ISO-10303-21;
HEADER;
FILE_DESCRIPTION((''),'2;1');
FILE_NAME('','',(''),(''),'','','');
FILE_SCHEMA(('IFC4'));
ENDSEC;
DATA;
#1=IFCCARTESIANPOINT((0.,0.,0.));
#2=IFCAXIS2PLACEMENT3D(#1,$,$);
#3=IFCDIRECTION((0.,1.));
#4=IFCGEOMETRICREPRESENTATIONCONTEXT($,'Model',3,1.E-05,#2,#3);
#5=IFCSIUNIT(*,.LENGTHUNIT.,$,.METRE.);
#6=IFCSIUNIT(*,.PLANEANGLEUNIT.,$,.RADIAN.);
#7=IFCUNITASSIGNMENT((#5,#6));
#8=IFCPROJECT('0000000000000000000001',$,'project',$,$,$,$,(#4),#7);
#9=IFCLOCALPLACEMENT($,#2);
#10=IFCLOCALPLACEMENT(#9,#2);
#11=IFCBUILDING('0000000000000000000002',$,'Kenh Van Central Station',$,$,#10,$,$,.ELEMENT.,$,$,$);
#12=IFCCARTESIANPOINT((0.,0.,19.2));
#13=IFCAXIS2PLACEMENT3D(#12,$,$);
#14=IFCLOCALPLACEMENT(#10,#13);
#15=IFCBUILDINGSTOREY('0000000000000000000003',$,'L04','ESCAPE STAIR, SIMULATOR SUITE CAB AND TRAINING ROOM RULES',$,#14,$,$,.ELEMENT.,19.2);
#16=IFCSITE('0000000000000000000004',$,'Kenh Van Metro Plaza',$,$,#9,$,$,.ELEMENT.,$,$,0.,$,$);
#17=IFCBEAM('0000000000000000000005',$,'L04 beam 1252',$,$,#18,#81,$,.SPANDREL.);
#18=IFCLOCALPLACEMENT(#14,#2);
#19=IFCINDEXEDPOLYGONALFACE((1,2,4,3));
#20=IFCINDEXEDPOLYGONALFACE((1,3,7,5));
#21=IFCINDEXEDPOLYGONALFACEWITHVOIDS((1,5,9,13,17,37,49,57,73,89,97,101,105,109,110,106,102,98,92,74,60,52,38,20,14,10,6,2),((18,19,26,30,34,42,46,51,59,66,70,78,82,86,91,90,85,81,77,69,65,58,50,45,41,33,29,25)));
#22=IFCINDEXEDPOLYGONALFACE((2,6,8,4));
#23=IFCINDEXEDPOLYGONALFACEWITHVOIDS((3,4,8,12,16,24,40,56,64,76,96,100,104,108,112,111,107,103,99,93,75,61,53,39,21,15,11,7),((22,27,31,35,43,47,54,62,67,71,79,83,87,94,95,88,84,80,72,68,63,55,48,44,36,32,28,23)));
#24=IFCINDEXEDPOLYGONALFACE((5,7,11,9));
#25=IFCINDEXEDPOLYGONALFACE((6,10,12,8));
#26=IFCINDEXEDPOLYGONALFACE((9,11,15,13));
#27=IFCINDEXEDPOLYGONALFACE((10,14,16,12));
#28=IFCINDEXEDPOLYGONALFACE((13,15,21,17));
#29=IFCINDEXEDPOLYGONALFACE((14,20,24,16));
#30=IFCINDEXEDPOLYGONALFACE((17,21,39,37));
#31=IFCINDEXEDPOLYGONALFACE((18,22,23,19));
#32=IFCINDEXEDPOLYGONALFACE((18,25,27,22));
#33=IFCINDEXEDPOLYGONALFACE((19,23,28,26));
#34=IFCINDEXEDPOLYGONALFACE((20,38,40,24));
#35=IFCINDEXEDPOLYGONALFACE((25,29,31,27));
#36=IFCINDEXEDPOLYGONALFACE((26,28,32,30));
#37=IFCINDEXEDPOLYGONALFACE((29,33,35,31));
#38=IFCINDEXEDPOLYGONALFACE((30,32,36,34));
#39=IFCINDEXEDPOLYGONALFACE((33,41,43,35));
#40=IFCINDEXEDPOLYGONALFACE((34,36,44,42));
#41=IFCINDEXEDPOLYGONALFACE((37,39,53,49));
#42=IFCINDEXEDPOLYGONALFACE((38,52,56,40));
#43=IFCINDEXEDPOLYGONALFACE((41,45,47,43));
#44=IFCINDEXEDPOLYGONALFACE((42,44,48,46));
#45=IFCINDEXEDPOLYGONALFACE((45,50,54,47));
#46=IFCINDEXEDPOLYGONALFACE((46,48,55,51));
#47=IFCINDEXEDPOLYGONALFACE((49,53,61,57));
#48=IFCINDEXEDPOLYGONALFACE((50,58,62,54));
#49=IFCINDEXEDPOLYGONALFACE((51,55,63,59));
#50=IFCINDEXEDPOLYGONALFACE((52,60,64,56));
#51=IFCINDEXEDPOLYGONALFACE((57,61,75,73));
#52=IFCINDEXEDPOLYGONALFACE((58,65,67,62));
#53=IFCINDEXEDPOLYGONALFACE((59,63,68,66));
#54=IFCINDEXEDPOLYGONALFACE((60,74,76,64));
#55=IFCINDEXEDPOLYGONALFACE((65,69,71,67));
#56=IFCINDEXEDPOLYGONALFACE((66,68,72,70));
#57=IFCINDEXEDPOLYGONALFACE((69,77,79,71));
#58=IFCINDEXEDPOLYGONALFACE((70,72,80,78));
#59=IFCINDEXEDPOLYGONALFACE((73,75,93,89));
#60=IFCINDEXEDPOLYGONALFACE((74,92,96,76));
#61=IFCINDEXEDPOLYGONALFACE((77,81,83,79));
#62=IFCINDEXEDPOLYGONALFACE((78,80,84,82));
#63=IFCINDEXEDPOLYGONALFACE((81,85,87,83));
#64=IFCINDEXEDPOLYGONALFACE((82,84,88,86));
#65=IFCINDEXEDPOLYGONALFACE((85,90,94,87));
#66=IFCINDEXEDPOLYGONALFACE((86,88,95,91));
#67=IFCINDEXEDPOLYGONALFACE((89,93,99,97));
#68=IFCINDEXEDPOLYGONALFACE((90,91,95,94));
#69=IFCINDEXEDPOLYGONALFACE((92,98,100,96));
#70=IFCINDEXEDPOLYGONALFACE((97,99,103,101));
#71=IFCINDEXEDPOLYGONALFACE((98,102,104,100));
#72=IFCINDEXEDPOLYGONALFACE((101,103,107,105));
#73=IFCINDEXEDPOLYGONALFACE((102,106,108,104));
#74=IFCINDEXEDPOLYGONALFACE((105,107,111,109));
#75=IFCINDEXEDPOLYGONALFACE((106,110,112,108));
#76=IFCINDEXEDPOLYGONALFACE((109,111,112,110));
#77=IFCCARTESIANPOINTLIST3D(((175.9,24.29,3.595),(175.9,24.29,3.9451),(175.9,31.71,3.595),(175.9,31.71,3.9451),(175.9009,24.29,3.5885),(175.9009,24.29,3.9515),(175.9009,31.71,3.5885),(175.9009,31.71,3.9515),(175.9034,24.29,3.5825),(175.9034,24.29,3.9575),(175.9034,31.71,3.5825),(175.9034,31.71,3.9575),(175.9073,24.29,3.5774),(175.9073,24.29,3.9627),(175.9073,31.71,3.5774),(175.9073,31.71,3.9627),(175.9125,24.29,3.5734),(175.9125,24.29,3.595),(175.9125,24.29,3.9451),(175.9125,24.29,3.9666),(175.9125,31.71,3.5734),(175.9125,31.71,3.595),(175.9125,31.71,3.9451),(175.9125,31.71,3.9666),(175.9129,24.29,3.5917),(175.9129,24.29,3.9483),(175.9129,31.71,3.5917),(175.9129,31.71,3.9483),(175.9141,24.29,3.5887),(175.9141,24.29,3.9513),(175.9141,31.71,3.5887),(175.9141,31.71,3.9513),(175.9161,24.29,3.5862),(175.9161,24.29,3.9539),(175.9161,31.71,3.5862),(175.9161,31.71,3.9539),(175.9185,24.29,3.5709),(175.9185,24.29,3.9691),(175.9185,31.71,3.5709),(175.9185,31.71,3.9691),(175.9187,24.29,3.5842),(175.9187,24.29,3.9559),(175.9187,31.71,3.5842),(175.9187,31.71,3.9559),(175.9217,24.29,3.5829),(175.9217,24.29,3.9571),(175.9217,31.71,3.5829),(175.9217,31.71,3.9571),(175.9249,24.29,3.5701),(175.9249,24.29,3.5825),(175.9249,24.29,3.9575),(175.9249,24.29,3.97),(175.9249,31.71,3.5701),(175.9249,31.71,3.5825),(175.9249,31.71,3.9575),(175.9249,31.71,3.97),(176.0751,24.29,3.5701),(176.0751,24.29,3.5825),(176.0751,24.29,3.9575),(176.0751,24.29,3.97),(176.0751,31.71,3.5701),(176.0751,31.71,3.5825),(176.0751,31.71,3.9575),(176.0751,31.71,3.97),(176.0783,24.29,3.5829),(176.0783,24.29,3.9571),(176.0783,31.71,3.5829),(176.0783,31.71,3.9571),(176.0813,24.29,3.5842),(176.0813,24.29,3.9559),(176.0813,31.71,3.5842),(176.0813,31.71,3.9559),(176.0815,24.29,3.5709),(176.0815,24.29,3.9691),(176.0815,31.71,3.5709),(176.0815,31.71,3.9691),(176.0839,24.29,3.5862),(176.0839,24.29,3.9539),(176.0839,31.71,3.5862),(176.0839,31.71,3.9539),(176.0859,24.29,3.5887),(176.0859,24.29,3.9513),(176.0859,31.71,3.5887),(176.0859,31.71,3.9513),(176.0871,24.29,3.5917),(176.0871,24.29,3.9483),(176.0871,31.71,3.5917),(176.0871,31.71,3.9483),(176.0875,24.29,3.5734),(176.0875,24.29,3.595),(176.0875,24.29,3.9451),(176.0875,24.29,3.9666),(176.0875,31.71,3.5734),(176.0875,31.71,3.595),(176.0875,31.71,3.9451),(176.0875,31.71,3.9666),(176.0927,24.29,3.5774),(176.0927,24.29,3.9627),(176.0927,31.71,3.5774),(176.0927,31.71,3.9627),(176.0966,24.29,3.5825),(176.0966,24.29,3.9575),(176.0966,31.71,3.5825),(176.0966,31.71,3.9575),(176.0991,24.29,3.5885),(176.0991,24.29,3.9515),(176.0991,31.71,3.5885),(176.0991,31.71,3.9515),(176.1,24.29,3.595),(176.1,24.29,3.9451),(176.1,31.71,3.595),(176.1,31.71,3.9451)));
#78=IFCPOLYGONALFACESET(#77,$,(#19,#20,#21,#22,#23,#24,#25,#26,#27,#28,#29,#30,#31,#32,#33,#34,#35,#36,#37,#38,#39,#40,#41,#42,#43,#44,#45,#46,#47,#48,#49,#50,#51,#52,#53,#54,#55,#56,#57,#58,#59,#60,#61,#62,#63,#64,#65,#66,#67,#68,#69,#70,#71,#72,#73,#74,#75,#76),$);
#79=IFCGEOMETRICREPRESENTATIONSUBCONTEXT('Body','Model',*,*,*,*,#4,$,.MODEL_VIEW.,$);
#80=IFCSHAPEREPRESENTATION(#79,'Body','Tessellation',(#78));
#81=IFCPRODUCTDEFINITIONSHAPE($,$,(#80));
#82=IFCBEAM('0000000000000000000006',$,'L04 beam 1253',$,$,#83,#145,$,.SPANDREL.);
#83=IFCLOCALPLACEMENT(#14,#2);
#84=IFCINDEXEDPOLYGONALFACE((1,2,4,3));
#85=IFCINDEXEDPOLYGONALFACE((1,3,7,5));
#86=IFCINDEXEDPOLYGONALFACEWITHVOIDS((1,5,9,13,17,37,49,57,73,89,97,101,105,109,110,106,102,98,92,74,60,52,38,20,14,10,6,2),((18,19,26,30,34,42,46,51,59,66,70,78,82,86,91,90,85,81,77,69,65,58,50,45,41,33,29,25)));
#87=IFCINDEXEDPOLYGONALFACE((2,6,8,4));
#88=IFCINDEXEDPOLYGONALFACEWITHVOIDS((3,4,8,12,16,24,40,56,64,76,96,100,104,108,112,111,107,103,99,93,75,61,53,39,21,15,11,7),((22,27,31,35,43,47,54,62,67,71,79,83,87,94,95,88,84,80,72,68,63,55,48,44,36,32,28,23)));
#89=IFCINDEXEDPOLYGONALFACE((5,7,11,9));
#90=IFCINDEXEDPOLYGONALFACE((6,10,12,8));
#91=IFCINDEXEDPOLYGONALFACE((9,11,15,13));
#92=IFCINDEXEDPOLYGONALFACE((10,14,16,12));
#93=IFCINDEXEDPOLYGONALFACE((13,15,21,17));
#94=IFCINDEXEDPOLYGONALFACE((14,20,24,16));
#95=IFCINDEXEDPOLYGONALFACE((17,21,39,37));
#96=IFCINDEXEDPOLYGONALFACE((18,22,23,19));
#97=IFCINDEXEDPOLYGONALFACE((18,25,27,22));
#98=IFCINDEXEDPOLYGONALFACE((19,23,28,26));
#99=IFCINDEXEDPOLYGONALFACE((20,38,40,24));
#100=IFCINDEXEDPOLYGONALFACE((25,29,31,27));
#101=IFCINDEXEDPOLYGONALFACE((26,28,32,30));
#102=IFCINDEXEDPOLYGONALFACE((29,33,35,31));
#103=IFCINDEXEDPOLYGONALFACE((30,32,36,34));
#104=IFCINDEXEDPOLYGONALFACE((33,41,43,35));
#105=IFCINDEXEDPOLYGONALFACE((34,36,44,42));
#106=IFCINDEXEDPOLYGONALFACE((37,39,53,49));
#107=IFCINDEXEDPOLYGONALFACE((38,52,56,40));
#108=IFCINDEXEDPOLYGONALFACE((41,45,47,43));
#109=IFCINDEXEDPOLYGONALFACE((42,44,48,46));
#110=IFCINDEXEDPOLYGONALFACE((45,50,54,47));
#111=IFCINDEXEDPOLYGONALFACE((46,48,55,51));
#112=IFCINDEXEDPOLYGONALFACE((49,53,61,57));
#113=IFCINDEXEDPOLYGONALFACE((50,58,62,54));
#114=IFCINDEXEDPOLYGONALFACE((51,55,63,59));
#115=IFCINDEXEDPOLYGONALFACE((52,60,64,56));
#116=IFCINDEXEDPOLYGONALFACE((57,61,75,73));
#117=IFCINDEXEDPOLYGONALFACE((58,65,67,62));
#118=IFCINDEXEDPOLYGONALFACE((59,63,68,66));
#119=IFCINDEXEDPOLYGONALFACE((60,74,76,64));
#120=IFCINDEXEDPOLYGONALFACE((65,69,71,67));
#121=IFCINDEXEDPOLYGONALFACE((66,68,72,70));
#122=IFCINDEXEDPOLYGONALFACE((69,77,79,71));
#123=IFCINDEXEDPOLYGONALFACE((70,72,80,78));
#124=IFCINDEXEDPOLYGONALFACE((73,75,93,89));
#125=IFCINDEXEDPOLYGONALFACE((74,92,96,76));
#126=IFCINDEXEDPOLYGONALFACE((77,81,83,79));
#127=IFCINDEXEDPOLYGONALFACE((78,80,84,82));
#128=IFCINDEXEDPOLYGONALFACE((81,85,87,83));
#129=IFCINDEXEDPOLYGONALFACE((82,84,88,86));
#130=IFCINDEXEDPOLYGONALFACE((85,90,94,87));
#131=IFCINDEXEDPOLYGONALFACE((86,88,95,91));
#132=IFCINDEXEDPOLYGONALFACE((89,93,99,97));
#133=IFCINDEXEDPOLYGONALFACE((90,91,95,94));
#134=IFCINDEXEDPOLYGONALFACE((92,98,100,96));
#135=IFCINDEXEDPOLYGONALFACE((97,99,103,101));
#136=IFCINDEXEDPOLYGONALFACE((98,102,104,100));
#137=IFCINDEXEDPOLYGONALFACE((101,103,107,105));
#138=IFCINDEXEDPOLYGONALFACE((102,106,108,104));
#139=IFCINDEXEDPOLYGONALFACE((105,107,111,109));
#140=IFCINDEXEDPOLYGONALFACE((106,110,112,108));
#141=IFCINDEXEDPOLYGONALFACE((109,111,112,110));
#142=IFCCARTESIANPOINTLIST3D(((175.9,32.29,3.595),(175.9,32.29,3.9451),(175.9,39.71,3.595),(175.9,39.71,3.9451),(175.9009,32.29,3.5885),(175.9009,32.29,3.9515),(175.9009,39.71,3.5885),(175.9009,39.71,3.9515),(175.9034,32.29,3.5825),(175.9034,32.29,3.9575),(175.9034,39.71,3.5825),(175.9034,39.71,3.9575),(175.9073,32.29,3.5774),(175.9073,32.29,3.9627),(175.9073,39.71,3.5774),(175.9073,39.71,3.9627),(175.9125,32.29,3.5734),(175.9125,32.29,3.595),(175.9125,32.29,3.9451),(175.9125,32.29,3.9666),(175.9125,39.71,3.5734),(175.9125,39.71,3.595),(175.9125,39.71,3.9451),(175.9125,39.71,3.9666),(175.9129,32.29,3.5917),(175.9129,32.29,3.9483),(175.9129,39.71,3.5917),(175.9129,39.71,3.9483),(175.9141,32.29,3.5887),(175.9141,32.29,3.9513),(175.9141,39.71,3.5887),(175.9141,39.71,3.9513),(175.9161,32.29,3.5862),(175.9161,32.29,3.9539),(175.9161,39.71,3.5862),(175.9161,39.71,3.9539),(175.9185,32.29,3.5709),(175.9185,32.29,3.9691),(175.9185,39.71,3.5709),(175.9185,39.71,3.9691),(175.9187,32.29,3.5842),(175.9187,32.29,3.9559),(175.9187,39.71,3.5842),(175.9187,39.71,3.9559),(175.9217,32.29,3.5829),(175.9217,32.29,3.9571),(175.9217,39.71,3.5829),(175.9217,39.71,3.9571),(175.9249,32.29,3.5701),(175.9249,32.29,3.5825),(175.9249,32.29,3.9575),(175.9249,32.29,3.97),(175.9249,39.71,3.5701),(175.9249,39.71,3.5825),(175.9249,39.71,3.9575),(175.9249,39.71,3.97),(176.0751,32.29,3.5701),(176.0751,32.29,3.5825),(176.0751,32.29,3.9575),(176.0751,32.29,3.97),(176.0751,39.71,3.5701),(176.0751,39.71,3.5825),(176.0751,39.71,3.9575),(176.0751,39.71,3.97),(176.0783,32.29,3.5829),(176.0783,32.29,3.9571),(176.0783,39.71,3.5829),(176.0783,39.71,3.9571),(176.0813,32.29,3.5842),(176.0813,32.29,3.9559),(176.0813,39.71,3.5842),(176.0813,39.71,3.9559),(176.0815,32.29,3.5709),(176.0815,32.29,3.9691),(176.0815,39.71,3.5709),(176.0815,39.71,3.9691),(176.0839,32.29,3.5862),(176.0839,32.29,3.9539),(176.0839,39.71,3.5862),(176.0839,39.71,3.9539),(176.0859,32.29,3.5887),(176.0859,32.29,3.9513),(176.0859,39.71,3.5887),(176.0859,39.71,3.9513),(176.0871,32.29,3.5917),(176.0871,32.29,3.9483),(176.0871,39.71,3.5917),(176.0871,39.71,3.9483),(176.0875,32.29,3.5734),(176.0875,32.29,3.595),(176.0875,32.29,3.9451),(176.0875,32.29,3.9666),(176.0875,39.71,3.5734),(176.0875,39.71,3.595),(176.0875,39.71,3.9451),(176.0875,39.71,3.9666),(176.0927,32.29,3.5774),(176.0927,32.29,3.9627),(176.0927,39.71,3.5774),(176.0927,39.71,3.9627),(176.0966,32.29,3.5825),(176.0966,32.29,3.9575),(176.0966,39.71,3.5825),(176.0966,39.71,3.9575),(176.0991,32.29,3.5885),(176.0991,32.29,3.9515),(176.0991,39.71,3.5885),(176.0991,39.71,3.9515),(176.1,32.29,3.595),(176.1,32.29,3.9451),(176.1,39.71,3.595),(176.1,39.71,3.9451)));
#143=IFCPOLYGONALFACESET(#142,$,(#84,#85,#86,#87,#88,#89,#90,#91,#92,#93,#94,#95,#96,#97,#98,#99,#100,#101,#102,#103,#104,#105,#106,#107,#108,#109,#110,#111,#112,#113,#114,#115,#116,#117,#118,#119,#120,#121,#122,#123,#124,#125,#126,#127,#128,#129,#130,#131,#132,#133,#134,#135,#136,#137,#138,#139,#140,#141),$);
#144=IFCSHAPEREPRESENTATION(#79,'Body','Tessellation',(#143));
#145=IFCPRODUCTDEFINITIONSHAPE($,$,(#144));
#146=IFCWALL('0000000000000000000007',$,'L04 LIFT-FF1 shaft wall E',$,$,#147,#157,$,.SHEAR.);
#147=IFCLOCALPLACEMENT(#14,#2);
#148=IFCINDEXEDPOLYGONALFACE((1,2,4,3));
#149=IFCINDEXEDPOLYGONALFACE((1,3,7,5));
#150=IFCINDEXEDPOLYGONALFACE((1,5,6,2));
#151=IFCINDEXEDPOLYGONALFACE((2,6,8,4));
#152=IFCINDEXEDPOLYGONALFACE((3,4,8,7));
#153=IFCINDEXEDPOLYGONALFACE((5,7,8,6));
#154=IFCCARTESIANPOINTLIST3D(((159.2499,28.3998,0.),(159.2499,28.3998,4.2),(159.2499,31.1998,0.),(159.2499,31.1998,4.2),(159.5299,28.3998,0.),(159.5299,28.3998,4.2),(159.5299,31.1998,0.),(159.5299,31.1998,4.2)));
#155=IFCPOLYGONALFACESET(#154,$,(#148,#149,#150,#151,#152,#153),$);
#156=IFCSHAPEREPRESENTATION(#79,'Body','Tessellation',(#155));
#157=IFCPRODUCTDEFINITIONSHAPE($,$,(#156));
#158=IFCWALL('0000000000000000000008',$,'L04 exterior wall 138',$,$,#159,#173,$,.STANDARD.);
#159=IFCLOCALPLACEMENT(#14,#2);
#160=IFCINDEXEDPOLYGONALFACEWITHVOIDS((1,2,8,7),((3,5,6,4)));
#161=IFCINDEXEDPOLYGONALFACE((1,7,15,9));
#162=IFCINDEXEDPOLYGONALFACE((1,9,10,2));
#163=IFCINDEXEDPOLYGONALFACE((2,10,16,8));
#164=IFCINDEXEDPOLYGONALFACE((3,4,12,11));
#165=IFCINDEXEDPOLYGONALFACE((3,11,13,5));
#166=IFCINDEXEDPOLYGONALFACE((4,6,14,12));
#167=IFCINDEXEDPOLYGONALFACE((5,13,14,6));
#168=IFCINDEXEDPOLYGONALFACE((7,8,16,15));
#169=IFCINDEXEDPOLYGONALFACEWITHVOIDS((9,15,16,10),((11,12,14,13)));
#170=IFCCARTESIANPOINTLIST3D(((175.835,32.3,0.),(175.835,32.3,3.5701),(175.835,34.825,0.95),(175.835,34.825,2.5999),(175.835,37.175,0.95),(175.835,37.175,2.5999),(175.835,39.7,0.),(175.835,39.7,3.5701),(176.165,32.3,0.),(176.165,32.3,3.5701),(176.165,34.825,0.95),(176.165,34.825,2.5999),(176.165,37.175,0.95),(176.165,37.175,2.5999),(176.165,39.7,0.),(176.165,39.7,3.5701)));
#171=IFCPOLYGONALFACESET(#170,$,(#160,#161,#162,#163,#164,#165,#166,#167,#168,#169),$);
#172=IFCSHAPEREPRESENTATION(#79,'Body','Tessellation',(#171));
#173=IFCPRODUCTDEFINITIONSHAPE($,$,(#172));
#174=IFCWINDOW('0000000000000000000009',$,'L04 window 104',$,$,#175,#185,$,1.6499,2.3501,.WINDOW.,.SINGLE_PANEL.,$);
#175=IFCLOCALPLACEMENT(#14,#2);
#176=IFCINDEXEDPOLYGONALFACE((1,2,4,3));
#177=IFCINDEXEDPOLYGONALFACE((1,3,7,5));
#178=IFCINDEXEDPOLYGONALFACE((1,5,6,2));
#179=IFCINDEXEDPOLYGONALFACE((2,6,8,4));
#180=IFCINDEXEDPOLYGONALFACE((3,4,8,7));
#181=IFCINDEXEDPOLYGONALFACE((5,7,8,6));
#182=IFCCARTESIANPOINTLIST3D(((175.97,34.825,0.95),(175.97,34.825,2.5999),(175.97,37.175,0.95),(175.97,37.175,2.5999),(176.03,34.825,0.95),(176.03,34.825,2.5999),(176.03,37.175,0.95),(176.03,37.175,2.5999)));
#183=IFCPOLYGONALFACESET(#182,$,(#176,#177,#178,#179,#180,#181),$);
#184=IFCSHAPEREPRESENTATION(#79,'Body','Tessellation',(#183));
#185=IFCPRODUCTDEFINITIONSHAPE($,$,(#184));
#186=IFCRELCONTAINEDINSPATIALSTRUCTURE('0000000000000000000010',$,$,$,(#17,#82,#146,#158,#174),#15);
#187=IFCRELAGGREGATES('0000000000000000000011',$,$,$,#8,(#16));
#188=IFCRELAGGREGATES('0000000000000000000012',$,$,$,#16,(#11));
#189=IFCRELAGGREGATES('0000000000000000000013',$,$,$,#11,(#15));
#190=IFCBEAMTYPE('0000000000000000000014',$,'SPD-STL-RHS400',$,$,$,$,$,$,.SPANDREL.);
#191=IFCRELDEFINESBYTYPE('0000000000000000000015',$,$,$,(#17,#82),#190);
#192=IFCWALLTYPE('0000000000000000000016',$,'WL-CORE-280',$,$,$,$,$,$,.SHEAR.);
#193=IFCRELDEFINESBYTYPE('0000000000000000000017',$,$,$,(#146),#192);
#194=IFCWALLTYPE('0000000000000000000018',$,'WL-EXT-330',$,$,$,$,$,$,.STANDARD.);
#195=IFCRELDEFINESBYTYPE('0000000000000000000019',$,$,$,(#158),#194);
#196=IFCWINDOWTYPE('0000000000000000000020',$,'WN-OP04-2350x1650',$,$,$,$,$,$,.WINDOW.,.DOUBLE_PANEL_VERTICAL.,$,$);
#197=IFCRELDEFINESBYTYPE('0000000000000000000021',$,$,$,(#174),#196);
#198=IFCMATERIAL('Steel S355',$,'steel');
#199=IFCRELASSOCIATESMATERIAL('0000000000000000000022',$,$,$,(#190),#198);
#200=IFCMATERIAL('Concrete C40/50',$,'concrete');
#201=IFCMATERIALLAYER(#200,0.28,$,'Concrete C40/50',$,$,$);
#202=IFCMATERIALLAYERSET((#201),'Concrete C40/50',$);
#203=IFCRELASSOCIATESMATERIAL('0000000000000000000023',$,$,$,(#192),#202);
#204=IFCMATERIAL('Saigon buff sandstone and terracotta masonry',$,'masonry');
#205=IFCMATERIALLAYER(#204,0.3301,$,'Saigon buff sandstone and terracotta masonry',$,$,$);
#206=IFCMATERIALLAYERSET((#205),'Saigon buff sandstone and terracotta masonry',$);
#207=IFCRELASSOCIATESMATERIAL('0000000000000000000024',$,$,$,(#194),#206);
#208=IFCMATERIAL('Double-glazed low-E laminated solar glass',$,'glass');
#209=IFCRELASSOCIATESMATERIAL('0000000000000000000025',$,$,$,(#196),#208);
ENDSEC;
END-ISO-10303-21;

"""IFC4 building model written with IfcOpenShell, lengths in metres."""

from ifc_helpers import new_model, si_unit, direction, frame, frame_2d, origin, origin_2d, place, context, subcontext, project, spatial, rectangle, hollow_rectangle, extrude, material, layer, layer_set, material_profile, profile_set, type_object, element, fill, save


model = new_model("IFC4")

# Units and contexts
model_context = context("Model", 3, precision=1e-05, world=origin(), true_north=direction((0.0, 1.0)))
body_context = subcontext(model_context, "Body", "Model", "MODEL_VIEW")
ifc_project = project(units=[si_unit("LENGTHUNIT", "METRE"), si_unit("PLANEANGLEUNIT", "RADIAN")], contexts=[model_context])

# Site, building, storey
site_placement = place(None, origin())
site = spatial("IfcSite", under=ifc_project, at=site_placement, Name="Kenh Van Metro Plaza", CompositionType="ELEMENT", RefElevation=0.0)
building_placement = place(site_placement, origin())
building = spatial("IfcBuilding", under=site, at=building_placement, Name="Kenh Van Central Station", CompositionType="ELEMENT")
storey_placement = place(building_placement, frame((0.0, 0.0, 19.2)))
storey = spatial("IfcBuildingStorey", under=building, at=storey_placement, Name="L04", Description="ESCAPE STAIR, SIMULATOR SUITE CAB AND TRAINING ROOM RULES", CompositionType="ELEMENT", Elevation=19.2)

# Beams
ifc_material_1 = material(Name="Steel S355", Category="steel")
ifc_material_profile_1 = material_profile(ifc_material_1, hollow_rectangle(XDim=0.2, YDim=0.3999, WallThickness=0.0125, InnerFilletRadius=0.0125, OuterFilletRadius=0.0249, at=origin_2d()), Name="RHS 400x200x12.5")
ifc_profile_set_1 = profile_set([ifc_material_profile_1], Name="Steel S355")
beam_type_1 = type_object("IfcBeamType", Name="SPD-STL-RHS400", PredefinedType="SPANDREL", material=ifc_profile_set_1)
for number, where, z_axis, x_axis, name in (
    (1, (176.0, 24.29, 3.77), (0.0, 1.0, 0.0), (-1.0, 0.0, 0.0), "L04 beam 1252"),
    (2, (176.0, 32.29, 3.77), (0.0, 1.0, 0.0), (-1.0, 0.0, 0.0), "L04 beam 1253"),
):
    element("IfcBeam", number, at=place(storey_placement, frame(where, z_axis=z_axis, x_axis=x_axis)), inside=storey, type_object=beam_type_1, Name=name, PredefinedType="SPANDREL", context=body_context, shape_type="SweptSolid", body=[
        extrude(hollow_rectangle(XDim=0.2, YDim=0.3999, WallThickness=0.0125, InnerFilletRadius=0.0125, OuterFilletRadius=0.0249, at=origin_2d()), origin(), (0.0, 0.0, 1.0), 7.4199),
    ])

# Wall
ifc_material_2 = material(Name="Concrete C40/50", Category="concrete")
ifc_layer_1 = layer(ifc_material_2, 0.28, Name="Concrete C40/50")
ifc_layer_set_1 = layer_set([ifc_layer_1], Name="Concrete C40/50")
wall_type_1 = type_object("IfcWallType", Name="WL-CORE-280", PredefinedType="SHEAR", material=ifc_layer_set_1)
wall_1_placement = place(storey_placement, frame((159.3899, 28.3999, 0.0), z_axis=(0.0, 0.0, 1.0), x_axis=(0.0, 1.0, 0.0)))
element("IfcWall", 3, at=wall_1_placement, inside=storey, type_object=wall_type_1, Name="L04 LIFT-FF1 shaft wall E", PredefinedType="SHEAR", context=body_context, shape_type="SweptSolid", body=[
    extrude(rectangle(XDim=2.8, YDim=0.28, at=frame_2d((1.3999, 0.0))), origin(), (0.0, 0.0, 1.0), 4.2),
])

# Wall, opening, window
ifc_material_3 = material(Name="Saigon buff sandstone and terracotta masonry", Category="masonry")
ifc_layer_2 = layer(ifc_material_3, 0.3301, Name="Saigon buff sandstone and terracotta masonry")
ifc_layer_set_2 = layer_set([ifc_layer_2], Name="Saigon buff sandstone and terracotta masonry")
wall_type_2 = type_object("IfcWallType", Name="WL-EXT-330", PredefinedType="STANDARD", material=ifc_layer_set_2)
wall_2_placement = place(storey_placement, frame((176.0, 32.3, 0.0), z_axis=(0.0, 0.0, 1.0), x_axis=(0.0, 1.0, 0.0)))
wall_2 = element("IfcWall", 4, at=wall_2_placement, inside=storey, type_object=wall_type_2, Name="L04 exterior wall 138", PredefinedType="STANDARD", context=body_context, shape_type="SweptSolid", body=[
    extrude(rectangle(XDim=7.3999, YDim=0.3301, at=frame_2d((3.7, 0.0))), origin(), (0.0, 0.0, 1.0), 3.5701),
])
opening_1_placement = place(wall_2_placement, frame((2.5249, 0.0, 0.95)))
opening_1 = element("IfcOpeningElement", 5, at=opening_1_placement, cuts=wall_2, PredefinedType="OPENING", context=body_context, shape_type="SweptSolid", body=[
    extrude(rectangle(XDim=2.3501, YDim=1.6499, at=frame_2d((1.175, 0.825))), frame((0.0, 0.175, 0.0), z_axis=(0.0, -1.0, 0.0), x_axis=(1.0, 0.0, 0.0)), (0.0, 0.0, 1.0), 0.3501),
])
ifc_material_4 = material(Name="Double-glazed low-E laminated solar glass", Category="glass")
window_type_1 = type_object("IfcWindowType", Name="WN-OP04-2350x1650", PartitioningType="DOUBLE_PANEL_VERTICAL", PredefinedType="WINDOW", material=ifc_material_4)
window_1_placement = place(opening_1_placement, origin())
window_1 = element("IfcWindow", 6, at=window_1_placement, inside=storey, type_object=window_type_1, Name="L04 window 104", OverallHeight=1.6499, OverallWidth=2.3501, PartitioningType="SINGLE_PANEL", PredefinedType="WINDOW", context=body_context, shape_type="SweptSolid", body=[
    extrude(rectangle(XDim=2.3501, YDim=1.6499, at=frame_2d((1.175, 0.825))), frame((0.0, 0.03, 0.0), z_axis=(0.0, -1.0, 0.0), x_axis=(1.0, 0.0, 0.0)), (0.0, 0.0, 1.0), 0.0601),
])
fill(opening_1, window_1)

save(model, "model.ifc")
